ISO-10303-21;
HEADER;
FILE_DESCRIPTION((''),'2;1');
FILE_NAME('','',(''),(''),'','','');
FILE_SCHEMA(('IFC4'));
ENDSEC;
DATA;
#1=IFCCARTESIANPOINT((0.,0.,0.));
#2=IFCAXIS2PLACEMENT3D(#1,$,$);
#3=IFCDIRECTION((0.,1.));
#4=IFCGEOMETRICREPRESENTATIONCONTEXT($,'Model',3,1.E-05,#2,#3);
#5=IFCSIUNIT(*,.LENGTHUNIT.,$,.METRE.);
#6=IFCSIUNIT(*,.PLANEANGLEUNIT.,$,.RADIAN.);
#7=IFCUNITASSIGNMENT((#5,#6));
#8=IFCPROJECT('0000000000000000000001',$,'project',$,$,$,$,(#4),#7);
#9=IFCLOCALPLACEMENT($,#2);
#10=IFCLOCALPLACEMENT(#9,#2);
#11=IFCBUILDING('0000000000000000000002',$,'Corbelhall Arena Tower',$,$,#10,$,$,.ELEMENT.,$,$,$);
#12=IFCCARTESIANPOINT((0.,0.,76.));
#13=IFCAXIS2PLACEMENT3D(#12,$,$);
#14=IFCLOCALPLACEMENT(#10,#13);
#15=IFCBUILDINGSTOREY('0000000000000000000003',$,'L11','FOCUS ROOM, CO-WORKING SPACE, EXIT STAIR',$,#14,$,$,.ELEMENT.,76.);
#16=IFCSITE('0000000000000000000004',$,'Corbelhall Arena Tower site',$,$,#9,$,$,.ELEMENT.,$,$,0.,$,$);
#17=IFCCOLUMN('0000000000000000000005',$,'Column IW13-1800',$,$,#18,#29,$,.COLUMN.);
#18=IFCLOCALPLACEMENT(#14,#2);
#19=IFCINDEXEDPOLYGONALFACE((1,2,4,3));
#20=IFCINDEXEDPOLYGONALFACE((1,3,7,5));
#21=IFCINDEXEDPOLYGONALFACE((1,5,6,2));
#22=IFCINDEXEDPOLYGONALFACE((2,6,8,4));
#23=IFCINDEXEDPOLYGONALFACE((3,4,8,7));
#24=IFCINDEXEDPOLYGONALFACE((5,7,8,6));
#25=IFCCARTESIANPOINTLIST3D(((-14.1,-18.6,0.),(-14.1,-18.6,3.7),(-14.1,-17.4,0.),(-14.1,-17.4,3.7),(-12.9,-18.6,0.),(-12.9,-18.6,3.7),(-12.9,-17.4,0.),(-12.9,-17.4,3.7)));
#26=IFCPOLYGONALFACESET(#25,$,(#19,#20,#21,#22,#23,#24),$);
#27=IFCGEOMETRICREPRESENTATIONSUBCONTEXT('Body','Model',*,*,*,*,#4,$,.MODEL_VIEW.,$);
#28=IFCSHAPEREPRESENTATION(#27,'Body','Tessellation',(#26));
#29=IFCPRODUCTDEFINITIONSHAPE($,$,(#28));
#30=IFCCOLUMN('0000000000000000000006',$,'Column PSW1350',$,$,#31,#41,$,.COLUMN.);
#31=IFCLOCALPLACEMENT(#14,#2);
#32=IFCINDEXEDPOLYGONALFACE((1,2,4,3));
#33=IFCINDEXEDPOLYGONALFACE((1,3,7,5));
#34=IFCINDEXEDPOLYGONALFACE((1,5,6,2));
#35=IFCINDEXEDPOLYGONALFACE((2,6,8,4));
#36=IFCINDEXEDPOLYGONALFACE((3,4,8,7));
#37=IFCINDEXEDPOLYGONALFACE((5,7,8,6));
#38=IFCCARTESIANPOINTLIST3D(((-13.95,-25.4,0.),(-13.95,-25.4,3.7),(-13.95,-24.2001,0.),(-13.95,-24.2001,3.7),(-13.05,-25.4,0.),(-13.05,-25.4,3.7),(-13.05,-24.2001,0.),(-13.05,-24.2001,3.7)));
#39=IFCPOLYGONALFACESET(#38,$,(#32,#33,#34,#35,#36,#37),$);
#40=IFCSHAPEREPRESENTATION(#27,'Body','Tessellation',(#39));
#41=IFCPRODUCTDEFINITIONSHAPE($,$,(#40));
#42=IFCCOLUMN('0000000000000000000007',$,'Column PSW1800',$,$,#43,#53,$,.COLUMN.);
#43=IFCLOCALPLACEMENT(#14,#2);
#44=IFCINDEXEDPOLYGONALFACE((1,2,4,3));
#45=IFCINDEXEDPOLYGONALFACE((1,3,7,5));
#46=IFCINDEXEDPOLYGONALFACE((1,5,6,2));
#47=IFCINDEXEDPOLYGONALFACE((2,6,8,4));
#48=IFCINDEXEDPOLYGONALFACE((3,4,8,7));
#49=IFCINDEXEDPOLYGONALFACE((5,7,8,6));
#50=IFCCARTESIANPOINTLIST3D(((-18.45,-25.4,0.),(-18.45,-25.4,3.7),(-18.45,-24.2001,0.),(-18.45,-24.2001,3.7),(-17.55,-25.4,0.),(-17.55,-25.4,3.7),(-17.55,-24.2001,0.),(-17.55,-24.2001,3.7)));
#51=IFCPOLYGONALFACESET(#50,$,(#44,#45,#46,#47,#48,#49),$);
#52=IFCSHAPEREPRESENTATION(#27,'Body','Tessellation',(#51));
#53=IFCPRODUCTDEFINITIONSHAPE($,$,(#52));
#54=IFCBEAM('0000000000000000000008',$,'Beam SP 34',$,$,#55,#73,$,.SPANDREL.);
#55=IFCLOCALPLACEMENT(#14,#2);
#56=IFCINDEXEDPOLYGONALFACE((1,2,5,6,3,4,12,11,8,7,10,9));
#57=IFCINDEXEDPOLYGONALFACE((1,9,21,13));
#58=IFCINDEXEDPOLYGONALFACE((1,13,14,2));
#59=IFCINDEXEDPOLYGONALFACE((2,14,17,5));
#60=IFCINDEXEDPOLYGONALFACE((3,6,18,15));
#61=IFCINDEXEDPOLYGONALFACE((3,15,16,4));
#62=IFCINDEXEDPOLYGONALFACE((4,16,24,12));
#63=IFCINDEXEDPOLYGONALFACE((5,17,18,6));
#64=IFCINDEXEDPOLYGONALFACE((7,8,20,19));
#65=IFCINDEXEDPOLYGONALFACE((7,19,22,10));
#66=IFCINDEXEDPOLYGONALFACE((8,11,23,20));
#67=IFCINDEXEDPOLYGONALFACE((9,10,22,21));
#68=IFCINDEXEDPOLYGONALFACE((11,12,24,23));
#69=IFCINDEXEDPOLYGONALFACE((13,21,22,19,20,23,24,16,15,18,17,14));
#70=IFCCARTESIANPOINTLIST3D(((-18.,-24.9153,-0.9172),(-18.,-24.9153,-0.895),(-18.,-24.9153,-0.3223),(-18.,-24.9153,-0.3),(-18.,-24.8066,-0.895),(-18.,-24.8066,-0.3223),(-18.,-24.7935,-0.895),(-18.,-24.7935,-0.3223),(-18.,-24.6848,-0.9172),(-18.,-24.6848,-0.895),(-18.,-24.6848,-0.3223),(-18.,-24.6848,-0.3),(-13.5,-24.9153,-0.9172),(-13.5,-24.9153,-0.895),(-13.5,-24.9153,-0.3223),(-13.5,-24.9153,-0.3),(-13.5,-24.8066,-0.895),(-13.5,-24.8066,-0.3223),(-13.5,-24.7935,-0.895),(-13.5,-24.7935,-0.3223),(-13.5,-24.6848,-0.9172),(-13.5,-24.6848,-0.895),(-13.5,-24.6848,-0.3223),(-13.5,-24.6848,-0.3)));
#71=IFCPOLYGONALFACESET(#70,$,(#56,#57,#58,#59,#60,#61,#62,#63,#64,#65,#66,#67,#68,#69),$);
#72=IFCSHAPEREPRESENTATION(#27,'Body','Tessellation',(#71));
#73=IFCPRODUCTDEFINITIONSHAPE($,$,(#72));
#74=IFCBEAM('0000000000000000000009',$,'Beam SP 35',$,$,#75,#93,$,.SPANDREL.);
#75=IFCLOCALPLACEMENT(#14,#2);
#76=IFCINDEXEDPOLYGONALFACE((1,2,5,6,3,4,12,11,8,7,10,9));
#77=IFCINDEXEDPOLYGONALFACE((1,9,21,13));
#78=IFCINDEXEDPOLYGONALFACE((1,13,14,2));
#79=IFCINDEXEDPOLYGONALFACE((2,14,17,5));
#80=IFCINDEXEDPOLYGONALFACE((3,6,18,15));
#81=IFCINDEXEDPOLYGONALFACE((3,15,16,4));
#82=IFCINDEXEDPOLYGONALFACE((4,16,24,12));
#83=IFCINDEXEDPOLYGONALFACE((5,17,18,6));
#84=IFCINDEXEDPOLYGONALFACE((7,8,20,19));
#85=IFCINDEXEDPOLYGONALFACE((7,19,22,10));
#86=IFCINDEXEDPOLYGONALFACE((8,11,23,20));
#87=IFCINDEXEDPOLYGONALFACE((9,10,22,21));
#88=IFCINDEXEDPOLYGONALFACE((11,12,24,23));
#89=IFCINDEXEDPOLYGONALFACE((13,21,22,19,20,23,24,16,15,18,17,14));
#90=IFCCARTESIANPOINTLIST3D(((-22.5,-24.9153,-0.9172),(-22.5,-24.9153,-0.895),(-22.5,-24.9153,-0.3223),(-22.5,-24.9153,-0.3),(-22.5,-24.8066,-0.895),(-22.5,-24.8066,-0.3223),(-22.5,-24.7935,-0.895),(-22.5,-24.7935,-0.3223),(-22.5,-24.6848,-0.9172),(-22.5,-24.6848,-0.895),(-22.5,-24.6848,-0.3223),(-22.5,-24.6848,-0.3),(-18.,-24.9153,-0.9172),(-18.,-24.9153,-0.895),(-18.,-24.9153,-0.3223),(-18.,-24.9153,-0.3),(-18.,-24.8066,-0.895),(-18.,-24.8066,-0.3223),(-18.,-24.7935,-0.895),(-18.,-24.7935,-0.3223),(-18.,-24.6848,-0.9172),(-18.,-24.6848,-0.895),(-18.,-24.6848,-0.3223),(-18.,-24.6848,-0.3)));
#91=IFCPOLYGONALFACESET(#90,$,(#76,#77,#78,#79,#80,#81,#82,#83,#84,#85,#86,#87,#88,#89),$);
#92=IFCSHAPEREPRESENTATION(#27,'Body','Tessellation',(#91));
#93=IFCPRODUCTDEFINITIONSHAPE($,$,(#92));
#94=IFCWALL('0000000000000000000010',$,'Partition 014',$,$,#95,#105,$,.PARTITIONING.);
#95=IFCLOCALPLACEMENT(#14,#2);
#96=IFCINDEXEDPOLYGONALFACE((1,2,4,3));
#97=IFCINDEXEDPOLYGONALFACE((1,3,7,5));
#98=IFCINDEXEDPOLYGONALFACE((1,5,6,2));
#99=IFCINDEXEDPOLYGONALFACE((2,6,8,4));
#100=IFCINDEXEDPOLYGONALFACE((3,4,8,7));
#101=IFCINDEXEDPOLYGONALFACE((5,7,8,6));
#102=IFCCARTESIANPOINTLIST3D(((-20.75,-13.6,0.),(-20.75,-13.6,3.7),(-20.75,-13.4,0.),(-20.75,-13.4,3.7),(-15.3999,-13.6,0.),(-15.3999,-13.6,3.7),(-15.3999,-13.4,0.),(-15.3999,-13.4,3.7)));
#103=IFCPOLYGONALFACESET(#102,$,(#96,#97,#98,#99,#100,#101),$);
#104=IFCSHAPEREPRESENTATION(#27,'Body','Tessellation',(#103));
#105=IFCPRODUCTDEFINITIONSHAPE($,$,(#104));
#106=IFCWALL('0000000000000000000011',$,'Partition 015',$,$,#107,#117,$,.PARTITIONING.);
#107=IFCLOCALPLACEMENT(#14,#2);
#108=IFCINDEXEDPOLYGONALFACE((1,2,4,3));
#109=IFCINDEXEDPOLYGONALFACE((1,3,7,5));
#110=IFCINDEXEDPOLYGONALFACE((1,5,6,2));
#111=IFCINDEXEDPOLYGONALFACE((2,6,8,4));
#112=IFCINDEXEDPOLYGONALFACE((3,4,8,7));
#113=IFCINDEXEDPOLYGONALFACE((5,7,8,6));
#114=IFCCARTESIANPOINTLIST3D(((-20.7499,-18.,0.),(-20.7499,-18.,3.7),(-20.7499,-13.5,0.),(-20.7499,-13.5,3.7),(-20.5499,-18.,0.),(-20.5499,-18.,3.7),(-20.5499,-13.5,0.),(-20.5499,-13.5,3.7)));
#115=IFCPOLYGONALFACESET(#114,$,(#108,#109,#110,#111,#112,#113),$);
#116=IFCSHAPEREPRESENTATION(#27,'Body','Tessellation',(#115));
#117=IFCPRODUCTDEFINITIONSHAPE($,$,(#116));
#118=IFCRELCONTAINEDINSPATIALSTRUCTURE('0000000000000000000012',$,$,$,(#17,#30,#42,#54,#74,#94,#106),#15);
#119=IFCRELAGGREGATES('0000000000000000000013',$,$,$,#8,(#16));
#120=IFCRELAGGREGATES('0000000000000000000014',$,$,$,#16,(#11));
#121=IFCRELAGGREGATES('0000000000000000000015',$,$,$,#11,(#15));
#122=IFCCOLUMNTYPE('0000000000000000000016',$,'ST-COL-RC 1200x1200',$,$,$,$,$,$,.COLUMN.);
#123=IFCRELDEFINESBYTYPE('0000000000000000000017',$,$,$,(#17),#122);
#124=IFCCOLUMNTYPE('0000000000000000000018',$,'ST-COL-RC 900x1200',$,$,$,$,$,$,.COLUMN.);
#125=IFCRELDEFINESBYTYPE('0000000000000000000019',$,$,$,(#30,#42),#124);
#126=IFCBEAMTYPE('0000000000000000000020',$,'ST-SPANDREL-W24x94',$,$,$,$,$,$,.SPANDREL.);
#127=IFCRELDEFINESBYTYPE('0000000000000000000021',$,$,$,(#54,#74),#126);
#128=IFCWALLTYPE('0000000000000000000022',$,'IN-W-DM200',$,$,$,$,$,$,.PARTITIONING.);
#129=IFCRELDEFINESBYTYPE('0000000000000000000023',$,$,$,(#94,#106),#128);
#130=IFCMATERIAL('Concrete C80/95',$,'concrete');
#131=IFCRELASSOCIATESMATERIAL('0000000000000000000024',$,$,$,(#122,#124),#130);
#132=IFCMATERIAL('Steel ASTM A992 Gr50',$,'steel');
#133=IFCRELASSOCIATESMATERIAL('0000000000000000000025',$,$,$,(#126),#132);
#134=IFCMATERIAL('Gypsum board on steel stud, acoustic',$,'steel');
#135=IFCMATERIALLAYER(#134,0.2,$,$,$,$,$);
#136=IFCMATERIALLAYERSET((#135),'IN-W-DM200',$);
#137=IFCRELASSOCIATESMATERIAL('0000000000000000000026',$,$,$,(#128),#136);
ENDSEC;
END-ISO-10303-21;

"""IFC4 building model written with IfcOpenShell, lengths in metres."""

from ifc_helpers import new_model, si_unit, direction, frame, frame_2d, origin, origin_2d, place, context, subcontext, project, spatial, rectangle, i_section, extrude, material, layer, layer_set, material_profile, profile_set, type_object, element, save


model = new_model("IFC4")

# Units and contexts
model_context = context("Model", 3, precision=1e-05, world=origin(), true_north=direction((0.0, 1.0)))
body_context = subcontext(model_context, "Body", "Model", "MODEL_VIEW")
ifc_project = project(units=[si_unit("LENGTHUNIT", "METRE"), si_unit("PLANEANGLEUNIT", "RADIAN")], contexts=[model_context])

# Site, building, storey
site_placement = place(None, origin())
site = spatial("IfcSite", under=ifc_project, at=site_placement, Name="Corbelhall Arena Tower site", CompositionType="ELEMENT", RefElevation=0.0)
building_placement = place(site_placement, origin())
building = spatial("IfcBuilding", under=site, at=building_placement, Name="Corbelhall Arena Tower", CompositionType="ELEMENT")
storey_placement = place(building_placement, frame((0.0, 0.0, 76.0)))
storey = spatial("IfcBuildingStorey", under=building, at=storey_placement, Name="L11", Description="FOCUS ROOM, CO-WORKING SPACE, EXIT STAIR", CompositionType="ELEMENT", Elevation=76.0)

# Columns
ifc_material_1 = material(Name="Concrete C80/95", Category="concrete")
ifc_material_profile_1 = material_profile(ifc_material_1, rectangle(XDim=1.2, YDim=1.2, at=origin_2d()))
ifc_profile_set_1 = profile_set([ifc_material_profile_1], Name="Concrete C80/95")
column_type_1 = type_object("IfcColumnType", Name="ST-COL-RC 1200x1200", PredefinedType="COLUMN", material=ifc_profile_set_1)
column_placement = place(storey_placement, frame((-13.5, -18.0, 0.0), z_axis=(0.0, 0.0, 1.0), x_axis=(1.0, 0.0, 0.0)))
element("IfcColumn", 1, at=column_placement, inside=storey, type_object=column_type_1, Name="Column IW13-1800", PredefinedType="COLUMN", context=body_context, shape_type="SweptSolid", body=[
    extrude(rectangle(XDim=1.2, YDim=1.2, at=origin_2d()), origin(), (0.0, 0.0, 1.0), 3.7),
])
ifc_material_profile_2 = material_profile(ifc_material_1, rectangle(XDim=0.8999, YDim=1.2, at=origin_2d()))
ifc_profile_set_2 = profile_set([ifc_material_profile_2], Name="Concrete C80/95")
column_type_2 = type_object("IfcColumnType", Name="ST-COL-RC 900x1200", PredefinedType="COLUMN", material=ifc_profile_set_2)
for number, where, z_axis, x_axis, name in (
    (2, (-13.5, -24.8, 0.0), (0.0, 0.0, 1.0), (1.0, 0.0, 0.0), "Column PSW1350"),
    (3, (-18.0, -24.8, 0.0), (0.0, 0.0, 1.0), (1.0, 0.0, 0.0), "Column PSW1800"),
):
    element("IfcColumn", number, at=place(storey_placement, frame(where, z_axis=z_axis, x_axis=x_axis)), inside=storey, type_object=column_type_2, Name=name, PredefinedType="COLUMN", context=body_context, shape_type="SweptSolid", body=[
        extrude(rectangle(XDim=0.8999, YDim=1.2, at=origin_2d()), origin(), (0.0, 0.0, 1.0), 3.7),
    ])

# Beams
ifc_material_2 = material(Name="Steel ASTM A992 Gr50", Category="steel")
ifc_material_profile_3 = material_profile(ifc_material_2, i_section(OverallWidth=0.2305, OverallDepth=0.6172, WebThickness=0.0132, FlangeThickness=0.0222, at=origin_2d()))
ifc_profile_set_3 = profile_set([ifc_material_profile_3], Name="Steel ASTM A992 Gr50")
beam_type = type_object("IfcBeamType", Name="ST-SPANDREL-W24x94", PredefinedType="SPANDREL", material=ifc_profile_set_3)
for number, where, z_axis, x_axis, name in (
    (4, (-13.5, -24.8, -0.6086), (-1.0, 0.0, 0.0), (0.0, -1.0, 0.0), "Beam SP 34"),
    (5, (-18.0, -24.8, -0.6086), (-1.0, 0.0, 0.0), (0.0, -1.0, 0.0), "Beam SP 35"),
):
    element("IfcBeam", number, at=place(storey_placement, frame(where, z_axis=z_axis, x_axis=x_axis)), inside=storey, type_object=beam_type, Name=name, PredefinedType="SPANDREL", context=body_context, shape_type="SweptSolid", body=[
        extrude(i_section(OverallWidth=0.2305, OverallDepth=0.6172, WebThickness=0.0132, FlangeThickness=0.0222, at=origin_2d()), origin(), (0.0, 0.0, 1.0), 4.5),
    ])

# Walls
ifc_material_3 = material(Name="Gypsum board on steel stud, acoustic", Category="steel")
ifc_layer_1 = layer(ifc_material_3, 0.2)
ifc_layer_set_1 = layer_set([ifc_layer_1], Name="IN-W-DM200")
wall_type_1 = type_object("IfcWallType", Name="IN-W-DM200", PredefinedType="PARTITIONING", material=ifc_layer_set_1)
wall_1_placement = place(storey_placement, frame((-20.75, -13.5, 0.0), z_axis=(0.0, 0.0, 1.0), x_axis=(1.0, 0.0, 0.0)))
element("IfcWall", 6, at=wall_1_placement, inside=storey, type_object=wall_type_1, Name="Partition 014", PredefinedType="PARTITIONING", context=body_context, shape_type="SweptSolid", body=[
    extrude(rectangle(XDim=5.3501, YDim=0.2, at=frame_2d((2.675, 0.0))), origin(), (0.0, 0.0, 1.0), 3.7),
])
wall_2_placement = place(storey_placement, frame((-20.6499, -18.0, 0.0), z_axis=(0.0, 0.0, 1.0), x_axis=(0.0, 1.0, 0.0)))
element("IfcWall", 7, at=wall_2_placement, inside=storey, type_object=wall_type_1, Name="Partition 015", PredefinedType="PARTITIONING", context=body_context, shape_type="SweptSolid", body=[
    extrude(rectangle(XDim=4.5, YDim=0.2, at=frame_2d((2.25, 0.0))), origin(), (0.0, 0.0, 1.0), 3.7),
])

save(model, "model.ifc")
